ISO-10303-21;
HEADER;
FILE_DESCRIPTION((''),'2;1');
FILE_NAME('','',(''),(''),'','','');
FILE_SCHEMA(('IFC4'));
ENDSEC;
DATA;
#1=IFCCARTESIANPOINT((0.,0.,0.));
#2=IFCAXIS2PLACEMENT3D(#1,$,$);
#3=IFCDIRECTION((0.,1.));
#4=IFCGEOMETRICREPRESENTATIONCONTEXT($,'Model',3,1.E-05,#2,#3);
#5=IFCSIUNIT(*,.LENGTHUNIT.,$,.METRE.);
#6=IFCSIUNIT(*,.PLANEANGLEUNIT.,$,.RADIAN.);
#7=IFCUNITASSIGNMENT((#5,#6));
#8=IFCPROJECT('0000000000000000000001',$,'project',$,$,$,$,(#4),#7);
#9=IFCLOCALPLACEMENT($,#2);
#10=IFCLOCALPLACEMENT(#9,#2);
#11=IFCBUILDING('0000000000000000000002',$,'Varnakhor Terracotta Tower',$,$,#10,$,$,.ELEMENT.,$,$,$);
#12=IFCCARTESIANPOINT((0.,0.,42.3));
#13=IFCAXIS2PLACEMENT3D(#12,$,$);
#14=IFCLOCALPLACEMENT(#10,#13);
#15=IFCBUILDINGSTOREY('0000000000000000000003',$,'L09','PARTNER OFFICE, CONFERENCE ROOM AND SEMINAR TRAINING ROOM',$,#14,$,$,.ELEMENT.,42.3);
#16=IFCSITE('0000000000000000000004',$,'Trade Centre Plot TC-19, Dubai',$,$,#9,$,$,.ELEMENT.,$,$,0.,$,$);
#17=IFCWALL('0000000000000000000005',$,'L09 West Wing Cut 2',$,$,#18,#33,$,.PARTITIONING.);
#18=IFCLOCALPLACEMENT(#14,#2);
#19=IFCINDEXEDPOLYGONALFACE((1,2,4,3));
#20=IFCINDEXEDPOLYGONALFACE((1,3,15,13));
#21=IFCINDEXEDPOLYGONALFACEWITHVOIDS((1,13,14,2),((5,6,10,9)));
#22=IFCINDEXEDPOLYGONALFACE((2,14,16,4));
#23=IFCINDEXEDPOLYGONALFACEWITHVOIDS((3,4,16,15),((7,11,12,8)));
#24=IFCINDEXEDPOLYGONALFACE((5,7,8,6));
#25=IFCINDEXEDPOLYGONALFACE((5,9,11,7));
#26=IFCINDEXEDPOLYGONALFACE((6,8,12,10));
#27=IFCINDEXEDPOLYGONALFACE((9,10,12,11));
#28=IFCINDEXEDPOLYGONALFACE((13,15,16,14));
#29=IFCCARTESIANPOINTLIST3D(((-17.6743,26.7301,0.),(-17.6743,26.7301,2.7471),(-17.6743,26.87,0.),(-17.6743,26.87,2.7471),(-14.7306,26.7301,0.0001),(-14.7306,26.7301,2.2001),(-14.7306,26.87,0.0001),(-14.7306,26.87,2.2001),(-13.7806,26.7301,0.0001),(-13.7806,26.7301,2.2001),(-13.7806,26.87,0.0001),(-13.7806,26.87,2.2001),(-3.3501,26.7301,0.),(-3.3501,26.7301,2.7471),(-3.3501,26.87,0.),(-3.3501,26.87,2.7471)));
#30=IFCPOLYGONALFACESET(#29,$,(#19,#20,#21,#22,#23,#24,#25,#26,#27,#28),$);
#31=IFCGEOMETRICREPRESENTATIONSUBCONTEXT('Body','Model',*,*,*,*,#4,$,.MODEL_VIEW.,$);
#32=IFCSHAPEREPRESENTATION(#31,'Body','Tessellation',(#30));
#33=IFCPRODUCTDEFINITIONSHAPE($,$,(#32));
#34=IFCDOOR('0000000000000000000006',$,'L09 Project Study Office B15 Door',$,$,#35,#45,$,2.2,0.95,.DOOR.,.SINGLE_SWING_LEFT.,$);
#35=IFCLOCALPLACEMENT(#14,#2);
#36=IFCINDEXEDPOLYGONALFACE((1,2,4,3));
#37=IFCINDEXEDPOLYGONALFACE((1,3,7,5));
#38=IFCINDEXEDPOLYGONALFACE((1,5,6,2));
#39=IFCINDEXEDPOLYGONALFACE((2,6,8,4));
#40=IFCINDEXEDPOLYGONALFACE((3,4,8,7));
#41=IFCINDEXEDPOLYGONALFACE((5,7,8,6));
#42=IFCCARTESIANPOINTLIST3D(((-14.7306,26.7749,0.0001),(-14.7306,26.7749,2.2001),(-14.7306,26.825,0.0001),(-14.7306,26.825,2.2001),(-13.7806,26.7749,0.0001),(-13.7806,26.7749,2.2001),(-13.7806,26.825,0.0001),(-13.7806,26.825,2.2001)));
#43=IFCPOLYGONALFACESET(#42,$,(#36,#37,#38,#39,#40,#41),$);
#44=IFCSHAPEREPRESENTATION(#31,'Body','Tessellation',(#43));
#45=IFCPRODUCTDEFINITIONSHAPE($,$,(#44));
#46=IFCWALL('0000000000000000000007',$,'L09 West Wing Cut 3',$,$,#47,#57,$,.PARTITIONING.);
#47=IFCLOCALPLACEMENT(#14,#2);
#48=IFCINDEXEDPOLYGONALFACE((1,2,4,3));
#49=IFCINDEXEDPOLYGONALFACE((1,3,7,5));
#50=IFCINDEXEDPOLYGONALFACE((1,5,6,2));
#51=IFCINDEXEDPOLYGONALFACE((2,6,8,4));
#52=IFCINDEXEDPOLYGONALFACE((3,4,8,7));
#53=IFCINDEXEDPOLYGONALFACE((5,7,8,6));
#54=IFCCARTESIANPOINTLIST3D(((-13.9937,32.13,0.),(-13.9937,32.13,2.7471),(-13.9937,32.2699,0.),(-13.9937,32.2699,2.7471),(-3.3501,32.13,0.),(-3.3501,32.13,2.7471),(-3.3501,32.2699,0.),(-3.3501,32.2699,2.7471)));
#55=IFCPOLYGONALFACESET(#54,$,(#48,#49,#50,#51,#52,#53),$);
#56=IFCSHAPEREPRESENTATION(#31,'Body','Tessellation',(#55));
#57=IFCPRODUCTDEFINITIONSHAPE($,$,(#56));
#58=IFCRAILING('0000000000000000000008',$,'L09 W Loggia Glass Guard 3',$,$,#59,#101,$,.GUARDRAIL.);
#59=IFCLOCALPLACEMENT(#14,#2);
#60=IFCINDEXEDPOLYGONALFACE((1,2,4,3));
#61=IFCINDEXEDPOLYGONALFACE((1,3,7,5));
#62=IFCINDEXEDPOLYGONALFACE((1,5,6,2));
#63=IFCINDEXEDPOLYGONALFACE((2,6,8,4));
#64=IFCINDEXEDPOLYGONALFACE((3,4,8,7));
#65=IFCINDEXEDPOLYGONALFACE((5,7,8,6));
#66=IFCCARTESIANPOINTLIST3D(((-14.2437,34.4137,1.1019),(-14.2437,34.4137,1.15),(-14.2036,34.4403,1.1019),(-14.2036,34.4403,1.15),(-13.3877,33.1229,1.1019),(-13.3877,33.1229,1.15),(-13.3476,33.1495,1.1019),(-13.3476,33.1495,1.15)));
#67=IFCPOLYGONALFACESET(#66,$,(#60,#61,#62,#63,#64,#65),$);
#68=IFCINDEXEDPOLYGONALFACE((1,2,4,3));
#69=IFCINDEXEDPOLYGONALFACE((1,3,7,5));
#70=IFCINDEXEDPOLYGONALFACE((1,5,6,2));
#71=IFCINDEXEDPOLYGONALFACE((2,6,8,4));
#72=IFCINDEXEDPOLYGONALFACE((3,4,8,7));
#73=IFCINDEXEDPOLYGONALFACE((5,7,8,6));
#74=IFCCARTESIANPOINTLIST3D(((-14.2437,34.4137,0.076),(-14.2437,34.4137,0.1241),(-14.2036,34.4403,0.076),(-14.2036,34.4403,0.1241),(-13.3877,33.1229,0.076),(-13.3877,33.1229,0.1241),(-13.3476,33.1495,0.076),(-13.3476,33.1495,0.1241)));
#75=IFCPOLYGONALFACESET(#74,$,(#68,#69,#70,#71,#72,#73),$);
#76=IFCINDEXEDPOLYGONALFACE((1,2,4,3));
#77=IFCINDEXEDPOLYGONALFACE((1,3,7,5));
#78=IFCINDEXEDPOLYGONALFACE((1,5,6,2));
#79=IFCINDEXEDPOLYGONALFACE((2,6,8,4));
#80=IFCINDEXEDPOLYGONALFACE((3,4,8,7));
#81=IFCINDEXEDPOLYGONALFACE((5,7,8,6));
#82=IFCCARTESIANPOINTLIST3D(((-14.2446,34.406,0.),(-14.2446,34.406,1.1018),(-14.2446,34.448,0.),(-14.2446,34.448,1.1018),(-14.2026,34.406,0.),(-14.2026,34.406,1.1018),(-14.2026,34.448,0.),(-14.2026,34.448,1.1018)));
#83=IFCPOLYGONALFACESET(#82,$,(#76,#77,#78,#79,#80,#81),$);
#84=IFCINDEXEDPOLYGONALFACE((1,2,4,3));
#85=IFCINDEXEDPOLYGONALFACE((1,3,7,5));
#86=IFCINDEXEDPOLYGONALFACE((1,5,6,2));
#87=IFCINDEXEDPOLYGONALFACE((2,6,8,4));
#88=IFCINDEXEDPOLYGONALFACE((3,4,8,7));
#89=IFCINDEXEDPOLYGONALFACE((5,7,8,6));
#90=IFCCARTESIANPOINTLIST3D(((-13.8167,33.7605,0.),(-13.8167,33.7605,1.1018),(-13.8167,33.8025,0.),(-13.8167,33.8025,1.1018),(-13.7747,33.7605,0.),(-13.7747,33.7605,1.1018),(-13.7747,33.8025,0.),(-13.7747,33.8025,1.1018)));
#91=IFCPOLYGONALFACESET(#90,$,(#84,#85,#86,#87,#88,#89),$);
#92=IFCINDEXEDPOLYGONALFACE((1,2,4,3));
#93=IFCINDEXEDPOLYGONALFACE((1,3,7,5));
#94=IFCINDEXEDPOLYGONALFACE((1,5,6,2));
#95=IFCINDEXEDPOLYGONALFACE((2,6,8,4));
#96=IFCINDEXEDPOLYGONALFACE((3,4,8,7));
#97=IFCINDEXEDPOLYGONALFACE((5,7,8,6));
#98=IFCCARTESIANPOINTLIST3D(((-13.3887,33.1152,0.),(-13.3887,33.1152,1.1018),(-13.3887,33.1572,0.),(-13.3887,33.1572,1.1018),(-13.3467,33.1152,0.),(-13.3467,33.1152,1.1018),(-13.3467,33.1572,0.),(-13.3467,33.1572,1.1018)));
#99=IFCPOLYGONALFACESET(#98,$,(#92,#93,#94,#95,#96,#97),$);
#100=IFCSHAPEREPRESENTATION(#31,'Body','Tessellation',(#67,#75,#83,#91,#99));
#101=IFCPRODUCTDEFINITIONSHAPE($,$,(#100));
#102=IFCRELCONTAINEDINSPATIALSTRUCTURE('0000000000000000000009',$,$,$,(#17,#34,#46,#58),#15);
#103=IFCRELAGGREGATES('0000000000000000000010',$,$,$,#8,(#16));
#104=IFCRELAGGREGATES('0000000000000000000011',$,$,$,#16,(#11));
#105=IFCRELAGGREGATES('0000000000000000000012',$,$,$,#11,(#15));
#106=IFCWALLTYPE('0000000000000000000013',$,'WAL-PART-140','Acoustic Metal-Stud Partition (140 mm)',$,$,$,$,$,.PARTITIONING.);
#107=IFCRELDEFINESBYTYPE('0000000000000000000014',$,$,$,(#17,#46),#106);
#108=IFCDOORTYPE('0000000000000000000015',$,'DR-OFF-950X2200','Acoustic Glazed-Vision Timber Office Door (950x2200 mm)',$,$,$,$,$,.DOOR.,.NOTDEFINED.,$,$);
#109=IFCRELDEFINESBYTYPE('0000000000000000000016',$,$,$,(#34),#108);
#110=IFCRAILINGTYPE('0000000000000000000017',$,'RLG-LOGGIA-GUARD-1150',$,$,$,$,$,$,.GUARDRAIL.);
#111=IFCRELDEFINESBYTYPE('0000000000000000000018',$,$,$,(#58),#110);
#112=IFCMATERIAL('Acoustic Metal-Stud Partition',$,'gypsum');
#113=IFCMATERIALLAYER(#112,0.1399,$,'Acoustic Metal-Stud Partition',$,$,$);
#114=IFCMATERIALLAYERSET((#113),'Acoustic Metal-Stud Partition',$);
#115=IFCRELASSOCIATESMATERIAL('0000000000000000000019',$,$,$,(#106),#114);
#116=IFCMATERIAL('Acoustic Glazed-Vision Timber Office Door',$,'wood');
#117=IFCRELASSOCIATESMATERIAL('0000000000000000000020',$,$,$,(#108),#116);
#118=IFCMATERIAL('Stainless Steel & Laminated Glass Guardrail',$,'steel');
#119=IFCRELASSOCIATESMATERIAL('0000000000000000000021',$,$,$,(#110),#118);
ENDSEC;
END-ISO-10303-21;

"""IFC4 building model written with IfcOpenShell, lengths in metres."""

from ifc_helpers import new_model, si_unit, direction, frame, frame_2d, origin, origin_2d, place, context, subcontext, project, spatial, rectangle, extrude, source, transform, mapped, material, layer, layer_set, type_object, type_shapes, element, fill, save


model = new_model("IFC4")

# Units and contexts
model_context = context("Model", 3, precision=1e-05, world=origin(), true_north=direction((0.0, 1.0)))
body_context = subcontext(model_context, "Body", "Model", "MODEL_VIEW")
ifc_project = project(units=[si_unit("LENGTHUNIT", "METRE"), si_unit("PLANEANGLEUNIT", "RADIAN")], contexts=[model_context])

# Site, building, storey
site_placement = place(None, origin())
site = spatial("IfcSite", under=ifc_project, at=site_placement, Name="Trade Centre Plot TC-19, Dubai", CompositionType="ELEMENT", RefElevation=0.0)
building_placement = place(site_placement, origin())
building = spatial("IfcBuilding", under=site, at=building_placement, Name="Varnakhor Terracotta Tower", CompositionType="ELEMENT")
storey_placement = place(building_placement, frame((0.0, 0.0, 42.3)))
storey = spatial("IfcBuildingStorey", under=building, at=storey_placement, Name="L09", Description="PARTNER OFFICE, CONFERENCE ROOM AND SEMINAR TRAINING ROOM", CompositionType="ELEMENT", Elevation=42.3)

# Shared definitions
ifc_material_1 = material(Name="Acoustic Metal-Stud Partition", Category="gypsum")
ifc_layer_1 = layer(ifc_material_1, 0.1399, Name="Acoustic Metal-Stud Partition")
ifc_layer_set_1 = layer_set([ifc_layer_1], Name="Acoustic Metal-Stud Partition")
wall_type = type_object("IfcWallType", Name="WAL-PART-140", Description="Acoustic Metal-Stud Partition (140 mm)", PredefinedType="PARTITIONING", material=ifc_layer_set_1)
ifc_material_2 = material(Name="Acoustic Glazed-Vision Timber Office Door", Category="wood")
door_type = type_object("IfcDoorType", Name="DR-OFF-950X2200", Description="Acoustic Glazed-Vision Timber Office Door (950x2200 mm)", OperationType="NOTDEFINED", PredefinedType="DOOR", material=ifc_material_2)
shared_shape_1 = source(origin(), body_context, "Body", "SweptSolid", [
    extrude(rectangle(XDim=0.95, YDim=2.2, at=frame_2d((0.4751, 1.1001))), frame((0.0, 0.0249, 0.0), z_axis=(0.0, -1.0, 0.0), x_axis=(1.0, 0.0, 0.0)), (0.0, 0.0, 1.0), 0.05),
])
type_shapes(door_type, [shared_shape_1])

# Wall, opening, door
wall_1_placement = place(storey_placement, frame((-17.6743, 26.8, 0.0), z_axis=(0.0, 0.0, 1.0), x_axis=(1.0, 0.0, 0.0)))
wall_1 = element("IfcWall", 1, at=wall_1_placement, inside=storey, type_object=wall_type, Name="L09 West Wing Cut 2", PredefinedType="PARTITIONING", context=body_context, shape_type="SweptSolid", body=[
    extrude(rectangle(XDim=14.3242, YDim=0.1399, at=frame_2d((7.1621, 0.0))), origin(), (0.0, 0.0, 1.0), 2.7471),
])
opening_1_placement = place(wall_1_placement, frame((2.9436, 0.0, 0.0)))
opening_1 = element("IfcOpeningElement", 2, at=opening_1_placement, cuts=wall_1, PredefinedType="OPENING", context=body_context, shape_type="SweptSolid", body=[
    extrude(rectangle(XDim=0.95, YDim=2.2, at=frame_2d((0.4751, 1.1001))), frame((0.0, 0.0801, 0.0), z_axis=(0.0, -1.0, 0.0), x_axis=(1.0, 0.0, 0.0)), (0.0, 0.0, 1.0), 0.1599),
])
door_1_placement = place(opening_1_placement, origin())
door_1 = element("IfcDoor", 3, at=door_1_placement, inside=storey, type_object=door_type, Name="L09 Project Study Office B15 Door", OperationType="SINGLE_SWING_LEFT", OverallHeight=2.2, OverallWidth=0.95, PredefinedType="DOOR", context=body_context, shape_type="MappedRepresentation", body=[
    mapped(shared_shape_1, transform((0.0, 0.0, 0.0), scale=1.0)),
])
fill(opening_1, door_1)

# Wall
wall_2_placement = place(storey_placement, frame((-13.9937, 32.2, 0.0), z_axis=(0.0, 0.0, 1.0), x_axis=(1.0, 0.0, 0.0)))
element("IfcWall", 4, at=wall_2_placement, inside=storey, type_object=wall_type, Name="L09 West Wing Cut 3", PredefinedType="PARTITIONING", context=body_context, shape_type="SweptSolid", body=[
    extrude(rectangle(XDim=10.6436, YDim=0.1399, at=frame_2d((5.3218, 0.0))), origin(), (0.0, 0.0, 1.0), 2.7471),
])

# Railing
ifc_material_3 = material(Name="Stainless Steel & Laminated Glass Guardrail", Category="steel")
railing_type = type_object("IfcRailingType", Name="RLG-LOGGIA-GUARD-1150", PredefinedType="GUARDRAIL", material=ifc_material_3)
railing_placement = place(storey_placement, frame((-14.2236, 34.427, 0.0)))
element("IfcRailing", 5, at=railing_placement, inside=storey, type_object=railing_type, Name="L09 W Loggia Glass Guard 3", PredefinedType="GUARDRAIL", context=body_context, shape_type="SweptSolid", body=[
    extrude(rectangle(XDim=0.0481, YDim=0.0481, at=origin_2d()), frame((0.0, 0.0, 1.126), z_axis=(0.552661, -0.833406, 0.0), x_axis=(0.833406, 0.552661, 0.0)), (0.0, 0.0, 1.0), 1.5488),
    extrude(rectangle(XDim=0.0481, YDim=0.0481, at=origin_2d()), frame((0.0, 0.0, 0.1001), z_axis=(0.552661, -0.833406, 0.0), x_axis=(0.833406, 0.552661, 0.0)), (0.0, 0.0, 1.0), 1.5488),
    extrude(rectangle(XDim=0.042, YDim=0.042, at=origin_2d()), origin(), (0.0, 0.0, 1.0), 1.1018),
    extrude(rectangle(XDim=0.042, YDim=0.042, at=origin_2d()), frame((0.428, -0.6455, 0.0)), (0.0, 0.0, 1.0), 1.1018),
    extrude(rectangle(XDim=0.042, YDim=0.042, at=origin_2d()), frame((0.856, -1.2908, 0.0)), (0.0, 0.0, 1.0), 1.1018),
])

save(model, "model.ifc")
